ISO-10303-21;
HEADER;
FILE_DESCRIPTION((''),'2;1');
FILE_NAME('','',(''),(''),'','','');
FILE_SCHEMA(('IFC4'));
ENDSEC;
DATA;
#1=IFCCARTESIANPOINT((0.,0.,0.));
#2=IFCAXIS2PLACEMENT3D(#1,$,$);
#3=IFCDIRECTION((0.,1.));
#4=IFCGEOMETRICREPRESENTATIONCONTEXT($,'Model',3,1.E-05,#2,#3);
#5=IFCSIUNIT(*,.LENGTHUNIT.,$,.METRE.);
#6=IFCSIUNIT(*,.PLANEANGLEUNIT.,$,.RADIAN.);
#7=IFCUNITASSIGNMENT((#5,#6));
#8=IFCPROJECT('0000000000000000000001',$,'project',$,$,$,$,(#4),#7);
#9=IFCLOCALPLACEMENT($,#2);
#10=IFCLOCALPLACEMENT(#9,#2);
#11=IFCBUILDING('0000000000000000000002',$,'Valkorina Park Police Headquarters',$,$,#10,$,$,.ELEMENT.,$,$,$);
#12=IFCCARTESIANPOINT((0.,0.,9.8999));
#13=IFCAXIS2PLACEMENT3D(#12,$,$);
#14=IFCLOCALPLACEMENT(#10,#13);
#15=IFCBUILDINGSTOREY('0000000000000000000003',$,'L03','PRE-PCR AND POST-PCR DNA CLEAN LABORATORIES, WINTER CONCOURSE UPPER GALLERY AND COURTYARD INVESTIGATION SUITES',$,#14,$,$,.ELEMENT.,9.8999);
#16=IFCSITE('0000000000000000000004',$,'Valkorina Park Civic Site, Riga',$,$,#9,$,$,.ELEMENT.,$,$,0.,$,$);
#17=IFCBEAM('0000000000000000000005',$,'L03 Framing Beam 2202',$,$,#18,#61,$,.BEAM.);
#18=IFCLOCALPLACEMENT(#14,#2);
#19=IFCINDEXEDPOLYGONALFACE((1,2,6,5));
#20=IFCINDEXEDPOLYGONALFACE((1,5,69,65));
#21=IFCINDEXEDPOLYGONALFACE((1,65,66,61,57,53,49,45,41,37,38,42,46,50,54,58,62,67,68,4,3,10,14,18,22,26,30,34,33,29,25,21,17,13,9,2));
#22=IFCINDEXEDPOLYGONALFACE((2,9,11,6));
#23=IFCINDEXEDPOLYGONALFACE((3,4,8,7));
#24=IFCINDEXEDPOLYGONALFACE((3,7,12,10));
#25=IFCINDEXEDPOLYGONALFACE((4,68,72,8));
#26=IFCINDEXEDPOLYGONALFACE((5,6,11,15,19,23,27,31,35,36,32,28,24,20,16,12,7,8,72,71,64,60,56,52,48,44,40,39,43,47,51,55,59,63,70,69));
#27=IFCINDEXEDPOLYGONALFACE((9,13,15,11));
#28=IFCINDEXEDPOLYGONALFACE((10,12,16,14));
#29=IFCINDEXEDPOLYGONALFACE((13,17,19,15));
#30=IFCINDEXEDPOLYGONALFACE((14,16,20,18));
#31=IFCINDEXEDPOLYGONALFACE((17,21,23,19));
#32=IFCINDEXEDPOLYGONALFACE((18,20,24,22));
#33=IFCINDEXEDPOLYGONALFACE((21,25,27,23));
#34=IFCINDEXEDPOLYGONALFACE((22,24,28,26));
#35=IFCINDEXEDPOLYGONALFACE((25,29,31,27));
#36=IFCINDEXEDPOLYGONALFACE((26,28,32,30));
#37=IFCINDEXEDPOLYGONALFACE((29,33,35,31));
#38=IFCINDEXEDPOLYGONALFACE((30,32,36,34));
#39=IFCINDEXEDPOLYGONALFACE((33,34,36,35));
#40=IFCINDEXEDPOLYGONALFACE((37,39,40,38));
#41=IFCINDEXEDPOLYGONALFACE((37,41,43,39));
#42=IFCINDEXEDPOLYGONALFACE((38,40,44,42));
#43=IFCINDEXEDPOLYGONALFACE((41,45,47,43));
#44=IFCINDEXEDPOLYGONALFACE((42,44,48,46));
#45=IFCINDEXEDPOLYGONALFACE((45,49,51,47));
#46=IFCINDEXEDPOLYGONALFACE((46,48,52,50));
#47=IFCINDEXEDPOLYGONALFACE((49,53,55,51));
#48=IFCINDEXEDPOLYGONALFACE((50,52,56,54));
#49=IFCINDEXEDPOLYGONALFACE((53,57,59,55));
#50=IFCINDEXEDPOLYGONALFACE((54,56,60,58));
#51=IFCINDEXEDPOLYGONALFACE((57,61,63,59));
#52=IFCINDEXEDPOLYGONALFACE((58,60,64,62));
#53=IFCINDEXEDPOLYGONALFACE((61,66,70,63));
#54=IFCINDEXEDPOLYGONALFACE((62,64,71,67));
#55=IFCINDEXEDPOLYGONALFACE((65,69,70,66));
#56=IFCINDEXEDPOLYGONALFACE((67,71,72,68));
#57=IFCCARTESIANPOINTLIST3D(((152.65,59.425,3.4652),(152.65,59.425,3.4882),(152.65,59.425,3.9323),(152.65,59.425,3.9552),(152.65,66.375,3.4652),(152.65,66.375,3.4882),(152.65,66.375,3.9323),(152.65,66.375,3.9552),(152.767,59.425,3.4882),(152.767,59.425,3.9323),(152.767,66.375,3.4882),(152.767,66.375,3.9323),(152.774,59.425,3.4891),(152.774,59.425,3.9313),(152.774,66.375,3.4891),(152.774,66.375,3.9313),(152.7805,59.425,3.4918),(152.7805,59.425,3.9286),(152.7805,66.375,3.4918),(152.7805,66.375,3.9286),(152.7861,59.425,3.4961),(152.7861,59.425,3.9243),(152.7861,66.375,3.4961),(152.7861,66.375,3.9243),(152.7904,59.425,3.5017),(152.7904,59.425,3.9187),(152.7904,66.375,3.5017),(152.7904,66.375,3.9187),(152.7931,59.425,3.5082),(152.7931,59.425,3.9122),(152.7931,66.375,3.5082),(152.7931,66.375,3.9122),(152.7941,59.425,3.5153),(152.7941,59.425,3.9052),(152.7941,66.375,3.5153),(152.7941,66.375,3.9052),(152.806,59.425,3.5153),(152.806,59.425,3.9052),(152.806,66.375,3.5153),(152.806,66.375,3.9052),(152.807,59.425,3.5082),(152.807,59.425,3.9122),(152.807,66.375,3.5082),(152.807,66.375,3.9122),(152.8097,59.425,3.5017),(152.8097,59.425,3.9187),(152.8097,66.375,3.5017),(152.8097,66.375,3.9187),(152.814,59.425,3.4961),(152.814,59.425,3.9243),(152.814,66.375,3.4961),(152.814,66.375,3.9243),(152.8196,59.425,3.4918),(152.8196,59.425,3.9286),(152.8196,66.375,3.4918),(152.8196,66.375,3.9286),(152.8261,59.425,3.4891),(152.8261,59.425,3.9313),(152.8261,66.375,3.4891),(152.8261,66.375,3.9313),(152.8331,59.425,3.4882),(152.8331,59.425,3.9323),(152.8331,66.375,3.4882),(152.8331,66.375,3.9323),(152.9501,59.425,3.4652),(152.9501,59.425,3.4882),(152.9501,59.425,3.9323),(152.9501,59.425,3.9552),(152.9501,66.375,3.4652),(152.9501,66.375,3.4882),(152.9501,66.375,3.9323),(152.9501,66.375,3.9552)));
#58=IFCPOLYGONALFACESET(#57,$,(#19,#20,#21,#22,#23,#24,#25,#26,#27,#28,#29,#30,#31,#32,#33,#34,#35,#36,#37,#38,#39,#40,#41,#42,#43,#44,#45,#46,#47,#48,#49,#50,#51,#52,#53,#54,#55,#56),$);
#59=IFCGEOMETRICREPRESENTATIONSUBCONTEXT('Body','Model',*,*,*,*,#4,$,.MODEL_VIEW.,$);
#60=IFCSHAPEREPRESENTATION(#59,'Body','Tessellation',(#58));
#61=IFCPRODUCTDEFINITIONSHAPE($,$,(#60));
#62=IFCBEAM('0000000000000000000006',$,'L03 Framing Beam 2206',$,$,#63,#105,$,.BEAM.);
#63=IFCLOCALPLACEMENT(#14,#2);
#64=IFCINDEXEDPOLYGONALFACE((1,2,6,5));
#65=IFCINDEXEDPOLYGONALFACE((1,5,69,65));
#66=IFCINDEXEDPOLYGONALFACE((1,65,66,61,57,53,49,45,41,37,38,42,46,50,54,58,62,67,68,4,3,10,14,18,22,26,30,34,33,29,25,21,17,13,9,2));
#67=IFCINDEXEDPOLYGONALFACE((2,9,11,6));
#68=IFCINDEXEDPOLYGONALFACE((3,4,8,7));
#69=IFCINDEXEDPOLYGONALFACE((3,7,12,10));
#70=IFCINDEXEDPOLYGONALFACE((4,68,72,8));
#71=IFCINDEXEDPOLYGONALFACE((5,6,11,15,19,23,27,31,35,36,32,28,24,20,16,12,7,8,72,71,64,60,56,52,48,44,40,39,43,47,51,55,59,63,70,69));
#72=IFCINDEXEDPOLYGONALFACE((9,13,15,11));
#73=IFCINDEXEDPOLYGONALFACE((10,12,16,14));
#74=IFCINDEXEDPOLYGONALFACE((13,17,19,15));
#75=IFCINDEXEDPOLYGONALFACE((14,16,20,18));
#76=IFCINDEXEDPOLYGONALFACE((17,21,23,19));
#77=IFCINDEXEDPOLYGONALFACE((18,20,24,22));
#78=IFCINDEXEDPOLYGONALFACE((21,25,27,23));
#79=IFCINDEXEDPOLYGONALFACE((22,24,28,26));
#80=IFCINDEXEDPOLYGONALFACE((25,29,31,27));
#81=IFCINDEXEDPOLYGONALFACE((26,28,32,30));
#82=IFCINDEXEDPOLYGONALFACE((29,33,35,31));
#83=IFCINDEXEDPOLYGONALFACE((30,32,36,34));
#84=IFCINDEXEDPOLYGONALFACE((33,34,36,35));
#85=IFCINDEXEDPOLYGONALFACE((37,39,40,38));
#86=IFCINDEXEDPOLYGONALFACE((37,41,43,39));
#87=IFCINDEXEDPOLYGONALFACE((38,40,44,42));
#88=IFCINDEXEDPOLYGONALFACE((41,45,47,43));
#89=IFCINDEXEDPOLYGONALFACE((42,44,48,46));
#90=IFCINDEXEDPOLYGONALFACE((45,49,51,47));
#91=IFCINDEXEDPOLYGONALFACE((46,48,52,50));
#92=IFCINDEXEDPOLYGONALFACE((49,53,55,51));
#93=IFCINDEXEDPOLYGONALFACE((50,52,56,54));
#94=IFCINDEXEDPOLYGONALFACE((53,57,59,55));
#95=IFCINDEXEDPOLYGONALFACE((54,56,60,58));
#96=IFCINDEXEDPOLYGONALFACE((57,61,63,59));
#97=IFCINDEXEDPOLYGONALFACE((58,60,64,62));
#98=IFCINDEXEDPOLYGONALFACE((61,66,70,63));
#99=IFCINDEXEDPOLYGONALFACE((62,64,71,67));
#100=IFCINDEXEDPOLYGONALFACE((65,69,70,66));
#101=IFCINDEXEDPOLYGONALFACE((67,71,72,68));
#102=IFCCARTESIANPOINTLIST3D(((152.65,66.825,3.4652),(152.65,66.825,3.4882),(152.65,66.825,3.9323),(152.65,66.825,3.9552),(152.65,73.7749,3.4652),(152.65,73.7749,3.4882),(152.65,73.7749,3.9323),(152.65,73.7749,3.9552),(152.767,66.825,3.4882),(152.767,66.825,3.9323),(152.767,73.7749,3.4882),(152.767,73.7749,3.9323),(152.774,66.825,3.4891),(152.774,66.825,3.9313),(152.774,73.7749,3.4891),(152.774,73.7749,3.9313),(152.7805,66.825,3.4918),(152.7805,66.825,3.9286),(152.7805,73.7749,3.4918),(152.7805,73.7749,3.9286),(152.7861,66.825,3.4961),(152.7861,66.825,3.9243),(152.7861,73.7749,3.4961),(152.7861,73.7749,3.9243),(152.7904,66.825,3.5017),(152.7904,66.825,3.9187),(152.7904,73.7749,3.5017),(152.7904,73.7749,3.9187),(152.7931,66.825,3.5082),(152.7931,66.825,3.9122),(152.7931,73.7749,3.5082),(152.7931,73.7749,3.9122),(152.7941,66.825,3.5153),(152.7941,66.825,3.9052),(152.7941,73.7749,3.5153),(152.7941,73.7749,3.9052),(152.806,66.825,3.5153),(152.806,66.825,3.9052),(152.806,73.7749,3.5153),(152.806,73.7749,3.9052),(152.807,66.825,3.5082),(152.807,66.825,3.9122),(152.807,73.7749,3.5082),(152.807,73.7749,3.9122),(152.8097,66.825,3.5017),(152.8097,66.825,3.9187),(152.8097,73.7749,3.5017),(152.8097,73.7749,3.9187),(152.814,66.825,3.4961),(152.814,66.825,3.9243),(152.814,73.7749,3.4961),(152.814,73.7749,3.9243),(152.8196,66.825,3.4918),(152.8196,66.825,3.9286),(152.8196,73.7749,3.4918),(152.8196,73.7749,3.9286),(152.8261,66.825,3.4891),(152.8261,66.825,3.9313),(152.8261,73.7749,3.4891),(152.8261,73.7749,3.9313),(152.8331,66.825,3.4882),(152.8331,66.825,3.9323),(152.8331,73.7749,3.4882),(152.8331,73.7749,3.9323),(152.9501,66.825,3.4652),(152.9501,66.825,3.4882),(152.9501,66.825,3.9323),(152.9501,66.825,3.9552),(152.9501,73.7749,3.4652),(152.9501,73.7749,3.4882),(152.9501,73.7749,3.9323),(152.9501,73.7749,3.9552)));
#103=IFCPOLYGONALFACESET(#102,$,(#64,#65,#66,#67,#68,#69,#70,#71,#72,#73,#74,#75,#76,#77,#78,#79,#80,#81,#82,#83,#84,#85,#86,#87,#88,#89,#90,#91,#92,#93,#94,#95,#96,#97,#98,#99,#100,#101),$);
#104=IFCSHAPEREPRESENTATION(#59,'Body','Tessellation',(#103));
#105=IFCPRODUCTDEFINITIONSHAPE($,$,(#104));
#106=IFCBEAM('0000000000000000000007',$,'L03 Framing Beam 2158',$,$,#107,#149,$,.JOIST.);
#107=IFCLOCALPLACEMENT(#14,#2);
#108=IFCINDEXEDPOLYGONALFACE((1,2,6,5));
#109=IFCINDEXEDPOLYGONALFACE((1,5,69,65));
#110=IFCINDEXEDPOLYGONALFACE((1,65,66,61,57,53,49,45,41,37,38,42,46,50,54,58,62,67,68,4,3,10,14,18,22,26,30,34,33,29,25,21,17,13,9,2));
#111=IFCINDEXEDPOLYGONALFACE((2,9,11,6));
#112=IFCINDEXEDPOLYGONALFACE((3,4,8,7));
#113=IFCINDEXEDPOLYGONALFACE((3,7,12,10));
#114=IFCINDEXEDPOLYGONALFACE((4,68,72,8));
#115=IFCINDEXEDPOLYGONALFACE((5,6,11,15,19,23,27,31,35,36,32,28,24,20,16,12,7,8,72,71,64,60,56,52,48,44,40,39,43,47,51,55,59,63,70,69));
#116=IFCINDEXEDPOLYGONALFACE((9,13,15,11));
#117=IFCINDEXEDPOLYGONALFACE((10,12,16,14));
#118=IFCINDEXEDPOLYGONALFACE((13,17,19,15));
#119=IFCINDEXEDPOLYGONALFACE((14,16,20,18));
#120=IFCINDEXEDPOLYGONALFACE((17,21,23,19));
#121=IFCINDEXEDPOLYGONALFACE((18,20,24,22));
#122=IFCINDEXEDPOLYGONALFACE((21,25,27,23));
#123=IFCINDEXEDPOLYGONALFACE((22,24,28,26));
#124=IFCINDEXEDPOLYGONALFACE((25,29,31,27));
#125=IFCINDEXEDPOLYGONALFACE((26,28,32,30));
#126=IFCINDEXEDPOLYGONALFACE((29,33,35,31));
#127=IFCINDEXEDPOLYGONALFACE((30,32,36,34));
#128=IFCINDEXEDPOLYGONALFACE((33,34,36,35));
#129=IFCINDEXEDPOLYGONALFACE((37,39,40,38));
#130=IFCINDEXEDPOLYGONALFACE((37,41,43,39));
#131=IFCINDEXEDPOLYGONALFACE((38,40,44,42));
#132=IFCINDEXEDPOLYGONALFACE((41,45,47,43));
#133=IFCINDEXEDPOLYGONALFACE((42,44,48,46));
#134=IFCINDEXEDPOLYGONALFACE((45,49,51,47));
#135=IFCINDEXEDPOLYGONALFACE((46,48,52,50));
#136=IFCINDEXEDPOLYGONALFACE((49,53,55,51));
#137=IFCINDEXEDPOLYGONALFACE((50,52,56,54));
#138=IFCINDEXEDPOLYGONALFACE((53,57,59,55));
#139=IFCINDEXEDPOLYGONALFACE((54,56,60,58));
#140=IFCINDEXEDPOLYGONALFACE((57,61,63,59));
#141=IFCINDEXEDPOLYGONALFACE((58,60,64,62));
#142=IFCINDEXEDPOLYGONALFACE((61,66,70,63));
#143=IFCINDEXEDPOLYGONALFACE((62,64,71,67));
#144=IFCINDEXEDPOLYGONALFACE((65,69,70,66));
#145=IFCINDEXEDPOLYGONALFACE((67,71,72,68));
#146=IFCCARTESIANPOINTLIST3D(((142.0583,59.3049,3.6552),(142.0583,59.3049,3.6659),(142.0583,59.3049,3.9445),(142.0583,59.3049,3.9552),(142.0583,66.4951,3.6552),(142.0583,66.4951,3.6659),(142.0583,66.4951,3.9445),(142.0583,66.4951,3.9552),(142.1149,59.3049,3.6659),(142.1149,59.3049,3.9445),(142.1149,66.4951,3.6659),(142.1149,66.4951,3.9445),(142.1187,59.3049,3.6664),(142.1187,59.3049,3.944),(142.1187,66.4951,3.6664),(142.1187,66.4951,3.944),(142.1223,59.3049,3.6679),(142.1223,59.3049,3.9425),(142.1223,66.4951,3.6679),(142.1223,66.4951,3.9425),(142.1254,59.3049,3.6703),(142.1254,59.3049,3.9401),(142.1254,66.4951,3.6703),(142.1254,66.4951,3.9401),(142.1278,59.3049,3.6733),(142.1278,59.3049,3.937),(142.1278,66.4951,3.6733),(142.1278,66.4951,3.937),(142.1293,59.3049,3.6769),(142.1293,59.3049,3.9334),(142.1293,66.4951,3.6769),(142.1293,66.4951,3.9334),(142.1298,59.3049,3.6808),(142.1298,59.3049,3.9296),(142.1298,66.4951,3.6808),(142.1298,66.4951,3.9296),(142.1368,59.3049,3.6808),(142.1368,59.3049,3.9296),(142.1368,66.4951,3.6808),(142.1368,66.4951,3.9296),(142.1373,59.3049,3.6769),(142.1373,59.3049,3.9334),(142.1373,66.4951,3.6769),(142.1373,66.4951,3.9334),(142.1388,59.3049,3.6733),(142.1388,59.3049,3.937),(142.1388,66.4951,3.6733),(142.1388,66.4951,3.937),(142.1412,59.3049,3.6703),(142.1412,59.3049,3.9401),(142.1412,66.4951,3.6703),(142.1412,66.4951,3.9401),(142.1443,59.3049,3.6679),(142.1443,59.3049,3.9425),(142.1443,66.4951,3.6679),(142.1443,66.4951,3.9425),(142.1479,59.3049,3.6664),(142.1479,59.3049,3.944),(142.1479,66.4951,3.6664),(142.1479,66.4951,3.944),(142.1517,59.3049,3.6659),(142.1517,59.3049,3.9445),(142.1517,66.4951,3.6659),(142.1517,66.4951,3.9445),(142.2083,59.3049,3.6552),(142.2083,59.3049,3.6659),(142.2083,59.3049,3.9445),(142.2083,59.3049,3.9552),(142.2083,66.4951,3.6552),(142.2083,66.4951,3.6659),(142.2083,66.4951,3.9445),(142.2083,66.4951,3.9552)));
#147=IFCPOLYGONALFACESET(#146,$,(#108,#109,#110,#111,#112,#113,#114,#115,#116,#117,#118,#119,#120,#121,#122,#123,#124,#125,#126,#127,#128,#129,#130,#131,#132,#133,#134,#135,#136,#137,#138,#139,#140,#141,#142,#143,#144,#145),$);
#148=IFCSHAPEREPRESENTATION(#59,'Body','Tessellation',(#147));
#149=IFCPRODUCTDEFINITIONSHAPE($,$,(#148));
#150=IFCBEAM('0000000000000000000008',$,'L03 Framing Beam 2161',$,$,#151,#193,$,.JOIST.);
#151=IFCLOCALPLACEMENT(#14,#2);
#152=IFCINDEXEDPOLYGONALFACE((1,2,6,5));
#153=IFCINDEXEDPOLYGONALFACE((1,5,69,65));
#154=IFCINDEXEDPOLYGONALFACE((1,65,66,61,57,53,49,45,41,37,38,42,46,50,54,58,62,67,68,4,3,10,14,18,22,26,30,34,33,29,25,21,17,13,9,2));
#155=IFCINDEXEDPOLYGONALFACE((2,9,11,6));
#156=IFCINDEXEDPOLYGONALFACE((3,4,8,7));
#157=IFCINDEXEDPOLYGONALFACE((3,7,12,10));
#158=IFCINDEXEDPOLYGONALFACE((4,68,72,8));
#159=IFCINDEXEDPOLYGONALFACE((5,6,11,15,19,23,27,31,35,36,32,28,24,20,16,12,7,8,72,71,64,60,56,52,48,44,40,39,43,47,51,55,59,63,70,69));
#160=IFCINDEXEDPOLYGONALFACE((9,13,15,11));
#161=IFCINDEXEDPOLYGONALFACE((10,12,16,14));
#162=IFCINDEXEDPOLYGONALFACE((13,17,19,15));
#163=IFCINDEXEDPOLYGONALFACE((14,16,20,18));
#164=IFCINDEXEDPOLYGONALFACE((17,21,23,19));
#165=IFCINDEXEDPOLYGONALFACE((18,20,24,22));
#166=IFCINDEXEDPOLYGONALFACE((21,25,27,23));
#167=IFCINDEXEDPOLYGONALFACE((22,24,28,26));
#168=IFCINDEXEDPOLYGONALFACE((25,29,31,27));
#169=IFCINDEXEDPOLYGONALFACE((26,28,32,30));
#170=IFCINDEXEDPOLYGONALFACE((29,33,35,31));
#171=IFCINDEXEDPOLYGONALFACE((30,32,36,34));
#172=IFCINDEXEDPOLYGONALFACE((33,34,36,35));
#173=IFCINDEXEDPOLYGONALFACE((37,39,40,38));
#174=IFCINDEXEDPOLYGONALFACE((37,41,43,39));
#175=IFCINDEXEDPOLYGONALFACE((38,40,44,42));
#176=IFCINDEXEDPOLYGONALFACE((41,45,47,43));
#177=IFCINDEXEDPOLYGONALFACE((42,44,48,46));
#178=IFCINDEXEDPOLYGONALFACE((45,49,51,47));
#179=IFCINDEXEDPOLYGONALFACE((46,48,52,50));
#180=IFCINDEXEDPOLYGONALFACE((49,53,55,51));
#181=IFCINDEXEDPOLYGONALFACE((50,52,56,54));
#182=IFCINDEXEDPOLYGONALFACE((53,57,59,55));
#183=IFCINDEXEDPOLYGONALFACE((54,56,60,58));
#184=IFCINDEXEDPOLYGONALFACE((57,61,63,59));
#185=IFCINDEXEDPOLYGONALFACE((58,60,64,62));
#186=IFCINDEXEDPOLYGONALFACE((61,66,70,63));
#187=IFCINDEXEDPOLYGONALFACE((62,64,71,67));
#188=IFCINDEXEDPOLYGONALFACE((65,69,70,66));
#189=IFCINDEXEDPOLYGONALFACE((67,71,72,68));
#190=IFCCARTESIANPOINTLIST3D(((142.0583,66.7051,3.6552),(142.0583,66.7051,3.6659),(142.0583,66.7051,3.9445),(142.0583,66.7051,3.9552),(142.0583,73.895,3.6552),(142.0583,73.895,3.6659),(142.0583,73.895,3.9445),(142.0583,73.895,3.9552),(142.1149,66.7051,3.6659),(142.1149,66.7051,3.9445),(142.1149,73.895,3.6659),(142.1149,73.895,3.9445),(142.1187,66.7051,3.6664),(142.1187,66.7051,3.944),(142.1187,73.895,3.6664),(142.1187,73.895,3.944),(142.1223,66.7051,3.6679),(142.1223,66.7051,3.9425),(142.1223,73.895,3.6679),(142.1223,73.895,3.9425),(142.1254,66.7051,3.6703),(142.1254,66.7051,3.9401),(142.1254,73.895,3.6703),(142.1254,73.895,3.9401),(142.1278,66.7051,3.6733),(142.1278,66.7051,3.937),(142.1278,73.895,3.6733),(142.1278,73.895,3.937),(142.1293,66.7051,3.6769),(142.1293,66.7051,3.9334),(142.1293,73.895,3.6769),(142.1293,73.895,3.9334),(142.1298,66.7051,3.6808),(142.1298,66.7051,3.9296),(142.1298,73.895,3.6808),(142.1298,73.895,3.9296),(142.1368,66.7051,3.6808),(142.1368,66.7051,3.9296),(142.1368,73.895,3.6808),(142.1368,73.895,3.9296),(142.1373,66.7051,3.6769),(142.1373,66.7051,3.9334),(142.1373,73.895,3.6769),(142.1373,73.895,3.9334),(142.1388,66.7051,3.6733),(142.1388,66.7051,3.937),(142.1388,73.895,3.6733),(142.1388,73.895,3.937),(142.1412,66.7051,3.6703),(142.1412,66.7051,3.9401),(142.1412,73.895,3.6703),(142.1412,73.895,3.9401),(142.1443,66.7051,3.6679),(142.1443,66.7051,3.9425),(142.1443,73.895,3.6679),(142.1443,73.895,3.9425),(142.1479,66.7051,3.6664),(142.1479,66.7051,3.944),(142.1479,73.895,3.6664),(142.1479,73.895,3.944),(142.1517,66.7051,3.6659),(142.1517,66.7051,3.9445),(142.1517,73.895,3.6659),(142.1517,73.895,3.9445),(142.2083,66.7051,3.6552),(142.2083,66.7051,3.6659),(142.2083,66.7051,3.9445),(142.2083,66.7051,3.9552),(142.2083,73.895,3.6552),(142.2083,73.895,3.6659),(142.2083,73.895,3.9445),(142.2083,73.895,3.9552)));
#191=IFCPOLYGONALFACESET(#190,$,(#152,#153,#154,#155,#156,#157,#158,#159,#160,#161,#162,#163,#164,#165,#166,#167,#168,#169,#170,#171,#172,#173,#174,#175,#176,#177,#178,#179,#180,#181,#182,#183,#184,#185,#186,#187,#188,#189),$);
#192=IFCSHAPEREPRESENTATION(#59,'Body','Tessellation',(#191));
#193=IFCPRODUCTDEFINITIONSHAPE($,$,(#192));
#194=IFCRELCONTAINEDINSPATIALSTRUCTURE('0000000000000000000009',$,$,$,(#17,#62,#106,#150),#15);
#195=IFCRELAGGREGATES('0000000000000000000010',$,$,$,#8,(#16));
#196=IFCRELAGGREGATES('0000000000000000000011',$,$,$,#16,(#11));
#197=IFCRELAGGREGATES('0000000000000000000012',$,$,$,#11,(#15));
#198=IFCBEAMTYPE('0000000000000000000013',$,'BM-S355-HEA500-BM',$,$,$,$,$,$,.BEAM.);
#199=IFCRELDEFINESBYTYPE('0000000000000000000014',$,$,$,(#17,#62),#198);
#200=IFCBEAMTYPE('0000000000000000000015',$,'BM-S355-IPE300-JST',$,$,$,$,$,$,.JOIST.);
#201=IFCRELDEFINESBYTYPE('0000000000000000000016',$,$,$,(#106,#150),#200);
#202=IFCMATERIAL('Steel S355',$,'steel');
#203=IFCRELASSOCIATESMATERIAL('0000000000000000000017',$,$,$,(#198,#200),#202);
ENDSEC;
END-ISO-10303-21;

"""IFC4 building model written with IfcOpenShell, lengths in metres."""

from ifc_helpers import new_model, si_unit, direction, frame, origin, origin_2d, place, context, subcontext, project, spatial, i_section, extrude, material, material_profile, profile_set, type_object, element, save


model = new_model("IFC4")

# Units and contexts
model_context = context("Model", 3, precision=1e-05, world=origin(), true_north=direction((0.0, 1.0)))
body_context = subcontext(model_context, "Body", "Model", "MODEL_VIEW")
ifc_project = project(units=[si_unit("LENGTHUNIT", "METRE"), si_unit("PLANEANGLEUNIT", "RADIAN")], contexts=[model_context])

# Site, building, storey
site_placement = place(None, origin())
site = spatial("IfcSite", under=ifc_project, at=site_placement, Name="Valkorina Park Civic Site, Riga", CompositionType="ELEMENT", RefElevation=0.0)
building_placement = place(site_placement, origin())
building = spatial("IfcBuilding", under=site, at=building_placement, Name="Valkorina Park Police Headquarters", CompositionType="ELEMENT")
storey_placement = place(building_placement, frame((0.0, 0.0, 9.8999)))
storey = spatial("IfcBuildingStorey", under=building, at=storey_placement, Name="L03", Description="PRE-PCR AND POST-PCR DNA CLEAN LABORATORIES, WINTER CONCOURSE UPPER GALLERY AND COURTYARD INVESTIGATION SUITES", CompositionType="ELEMENT", Elevation=9.8999)

# Shared definitions
ifc_material_1 = material(Name="Steel S355", Category="steel")

# Beams
ifc_material_profile_1 = material_profile(ifc_material_1, i_section(OverallWidth=0.3, OverallDepth=0.49, WebThickness=0.012, FlangeThickness=0.0229, FilletRadius=0.0271, at=origin_2d()), Name="HEA 500")
ifc_profile_set_1 = profile_set([ifc_material_profile_1], Name="Steel S355")
beam_type_1 = type_object("IfcBeamType", Name="BM-S355-HEA500-BM", PredefinedType="BEAM", material=ifc_profile_set_1)
for number, where, z_axis, x_axis, name in (
    (1, (152.8, 59.425, 3.7102), (0.0, 1.0, 0.0), (-1.0, 0.0, 0.0), "L03 Framing Beam 2202"),
    (2, (152.8, 66.825, 3.7102), (0.0, 1.0, 0.0), (-1.0, 0.0, 0.0), "L03 Framing Beam 2206"),
):
    element("IfcBeam", number, at=place(storey_placement, frame(where, z_axis=z_axis, x_axis=x_axis)), inside=storey, type_object=beam_type_1, Name=name, PredefinedType="BEAM", context=body_context, shape_type="SweptSolid", body=[
        extrude(i_section(OverallWidth=0.3, OverallDepth=0.49, WebThickness=0.012, FlangeThickness=0.0229, FilletRadius=0.0271, at=origin_2d()), origin(), (0.0, 0.0, 1.0), 6.95),
    ])
ifc_material_profile_2 = material_profile(ifc_material_1, i_section(OverallWidth=0.1499, OverallDepth=0.3, WebThickness=0.0071, FlangeThickness=0.0107, FilletRadius=0.0149, at=origin_2d()), Name="IPE 300")
ifc_profile_set_2 = profile_set([ifc_material_profile_2], Name="Steel S355")
beam_type_2 = type_object("IfcBeamType", Name="BM-S355-IPE300-JST", PredefinedType="JOIST", material=ifc_profile_set_2)
beam_1_placement = place(storey_placement, frame((142.1333, 59.3049, 3.8052), z_axis=(0.0, 1.0, 0.0), x_axis=(-1.0, 0.0, 0.0)))
element("IfcBeam", 3, at=beam_1_placement, inside=storey, type_object=beam_type_2, Name="L03 Framing Beam 2158", PredefinedType="JOIST", context=body_context, shape_type="SweptSolid", body=[
    extrude(i_section(OverallWidth=0.1499, OverallDepth=0.3, WebThickness=0.0071, FlangeThickness=0.0107, FilletRadius=0.0149, at=origin_2d()), origin(), (0.0, 0.0, 1.0), 7.1902),
])
beam_2_placement = place(storey_placement, frame((142.1333, 66.7051, 3.8052), z_axis=(0.0, 1.0, 0.0), x_axis=(-1.0, 0.0, 0.0)))
element("IfcBeam", 4, at=beam_2_placement, inside=storey, type_object=beam_type_2, Name="L03 Framing Beam 2161", PredefinedType="JOIST", context=body_context, shape_type="SweptSolid", body=[
    extrude(i_section(OverallWidth=0.1499, OverallDepth=0.3, WebThickness=0.0071, FlangeThickness=0.0107, FilletRadius=0.0149, at=origin_2d()), origin(), (0.0, 0.0, 1.0), 7.1899),
])

save(model, "model.ifc")
